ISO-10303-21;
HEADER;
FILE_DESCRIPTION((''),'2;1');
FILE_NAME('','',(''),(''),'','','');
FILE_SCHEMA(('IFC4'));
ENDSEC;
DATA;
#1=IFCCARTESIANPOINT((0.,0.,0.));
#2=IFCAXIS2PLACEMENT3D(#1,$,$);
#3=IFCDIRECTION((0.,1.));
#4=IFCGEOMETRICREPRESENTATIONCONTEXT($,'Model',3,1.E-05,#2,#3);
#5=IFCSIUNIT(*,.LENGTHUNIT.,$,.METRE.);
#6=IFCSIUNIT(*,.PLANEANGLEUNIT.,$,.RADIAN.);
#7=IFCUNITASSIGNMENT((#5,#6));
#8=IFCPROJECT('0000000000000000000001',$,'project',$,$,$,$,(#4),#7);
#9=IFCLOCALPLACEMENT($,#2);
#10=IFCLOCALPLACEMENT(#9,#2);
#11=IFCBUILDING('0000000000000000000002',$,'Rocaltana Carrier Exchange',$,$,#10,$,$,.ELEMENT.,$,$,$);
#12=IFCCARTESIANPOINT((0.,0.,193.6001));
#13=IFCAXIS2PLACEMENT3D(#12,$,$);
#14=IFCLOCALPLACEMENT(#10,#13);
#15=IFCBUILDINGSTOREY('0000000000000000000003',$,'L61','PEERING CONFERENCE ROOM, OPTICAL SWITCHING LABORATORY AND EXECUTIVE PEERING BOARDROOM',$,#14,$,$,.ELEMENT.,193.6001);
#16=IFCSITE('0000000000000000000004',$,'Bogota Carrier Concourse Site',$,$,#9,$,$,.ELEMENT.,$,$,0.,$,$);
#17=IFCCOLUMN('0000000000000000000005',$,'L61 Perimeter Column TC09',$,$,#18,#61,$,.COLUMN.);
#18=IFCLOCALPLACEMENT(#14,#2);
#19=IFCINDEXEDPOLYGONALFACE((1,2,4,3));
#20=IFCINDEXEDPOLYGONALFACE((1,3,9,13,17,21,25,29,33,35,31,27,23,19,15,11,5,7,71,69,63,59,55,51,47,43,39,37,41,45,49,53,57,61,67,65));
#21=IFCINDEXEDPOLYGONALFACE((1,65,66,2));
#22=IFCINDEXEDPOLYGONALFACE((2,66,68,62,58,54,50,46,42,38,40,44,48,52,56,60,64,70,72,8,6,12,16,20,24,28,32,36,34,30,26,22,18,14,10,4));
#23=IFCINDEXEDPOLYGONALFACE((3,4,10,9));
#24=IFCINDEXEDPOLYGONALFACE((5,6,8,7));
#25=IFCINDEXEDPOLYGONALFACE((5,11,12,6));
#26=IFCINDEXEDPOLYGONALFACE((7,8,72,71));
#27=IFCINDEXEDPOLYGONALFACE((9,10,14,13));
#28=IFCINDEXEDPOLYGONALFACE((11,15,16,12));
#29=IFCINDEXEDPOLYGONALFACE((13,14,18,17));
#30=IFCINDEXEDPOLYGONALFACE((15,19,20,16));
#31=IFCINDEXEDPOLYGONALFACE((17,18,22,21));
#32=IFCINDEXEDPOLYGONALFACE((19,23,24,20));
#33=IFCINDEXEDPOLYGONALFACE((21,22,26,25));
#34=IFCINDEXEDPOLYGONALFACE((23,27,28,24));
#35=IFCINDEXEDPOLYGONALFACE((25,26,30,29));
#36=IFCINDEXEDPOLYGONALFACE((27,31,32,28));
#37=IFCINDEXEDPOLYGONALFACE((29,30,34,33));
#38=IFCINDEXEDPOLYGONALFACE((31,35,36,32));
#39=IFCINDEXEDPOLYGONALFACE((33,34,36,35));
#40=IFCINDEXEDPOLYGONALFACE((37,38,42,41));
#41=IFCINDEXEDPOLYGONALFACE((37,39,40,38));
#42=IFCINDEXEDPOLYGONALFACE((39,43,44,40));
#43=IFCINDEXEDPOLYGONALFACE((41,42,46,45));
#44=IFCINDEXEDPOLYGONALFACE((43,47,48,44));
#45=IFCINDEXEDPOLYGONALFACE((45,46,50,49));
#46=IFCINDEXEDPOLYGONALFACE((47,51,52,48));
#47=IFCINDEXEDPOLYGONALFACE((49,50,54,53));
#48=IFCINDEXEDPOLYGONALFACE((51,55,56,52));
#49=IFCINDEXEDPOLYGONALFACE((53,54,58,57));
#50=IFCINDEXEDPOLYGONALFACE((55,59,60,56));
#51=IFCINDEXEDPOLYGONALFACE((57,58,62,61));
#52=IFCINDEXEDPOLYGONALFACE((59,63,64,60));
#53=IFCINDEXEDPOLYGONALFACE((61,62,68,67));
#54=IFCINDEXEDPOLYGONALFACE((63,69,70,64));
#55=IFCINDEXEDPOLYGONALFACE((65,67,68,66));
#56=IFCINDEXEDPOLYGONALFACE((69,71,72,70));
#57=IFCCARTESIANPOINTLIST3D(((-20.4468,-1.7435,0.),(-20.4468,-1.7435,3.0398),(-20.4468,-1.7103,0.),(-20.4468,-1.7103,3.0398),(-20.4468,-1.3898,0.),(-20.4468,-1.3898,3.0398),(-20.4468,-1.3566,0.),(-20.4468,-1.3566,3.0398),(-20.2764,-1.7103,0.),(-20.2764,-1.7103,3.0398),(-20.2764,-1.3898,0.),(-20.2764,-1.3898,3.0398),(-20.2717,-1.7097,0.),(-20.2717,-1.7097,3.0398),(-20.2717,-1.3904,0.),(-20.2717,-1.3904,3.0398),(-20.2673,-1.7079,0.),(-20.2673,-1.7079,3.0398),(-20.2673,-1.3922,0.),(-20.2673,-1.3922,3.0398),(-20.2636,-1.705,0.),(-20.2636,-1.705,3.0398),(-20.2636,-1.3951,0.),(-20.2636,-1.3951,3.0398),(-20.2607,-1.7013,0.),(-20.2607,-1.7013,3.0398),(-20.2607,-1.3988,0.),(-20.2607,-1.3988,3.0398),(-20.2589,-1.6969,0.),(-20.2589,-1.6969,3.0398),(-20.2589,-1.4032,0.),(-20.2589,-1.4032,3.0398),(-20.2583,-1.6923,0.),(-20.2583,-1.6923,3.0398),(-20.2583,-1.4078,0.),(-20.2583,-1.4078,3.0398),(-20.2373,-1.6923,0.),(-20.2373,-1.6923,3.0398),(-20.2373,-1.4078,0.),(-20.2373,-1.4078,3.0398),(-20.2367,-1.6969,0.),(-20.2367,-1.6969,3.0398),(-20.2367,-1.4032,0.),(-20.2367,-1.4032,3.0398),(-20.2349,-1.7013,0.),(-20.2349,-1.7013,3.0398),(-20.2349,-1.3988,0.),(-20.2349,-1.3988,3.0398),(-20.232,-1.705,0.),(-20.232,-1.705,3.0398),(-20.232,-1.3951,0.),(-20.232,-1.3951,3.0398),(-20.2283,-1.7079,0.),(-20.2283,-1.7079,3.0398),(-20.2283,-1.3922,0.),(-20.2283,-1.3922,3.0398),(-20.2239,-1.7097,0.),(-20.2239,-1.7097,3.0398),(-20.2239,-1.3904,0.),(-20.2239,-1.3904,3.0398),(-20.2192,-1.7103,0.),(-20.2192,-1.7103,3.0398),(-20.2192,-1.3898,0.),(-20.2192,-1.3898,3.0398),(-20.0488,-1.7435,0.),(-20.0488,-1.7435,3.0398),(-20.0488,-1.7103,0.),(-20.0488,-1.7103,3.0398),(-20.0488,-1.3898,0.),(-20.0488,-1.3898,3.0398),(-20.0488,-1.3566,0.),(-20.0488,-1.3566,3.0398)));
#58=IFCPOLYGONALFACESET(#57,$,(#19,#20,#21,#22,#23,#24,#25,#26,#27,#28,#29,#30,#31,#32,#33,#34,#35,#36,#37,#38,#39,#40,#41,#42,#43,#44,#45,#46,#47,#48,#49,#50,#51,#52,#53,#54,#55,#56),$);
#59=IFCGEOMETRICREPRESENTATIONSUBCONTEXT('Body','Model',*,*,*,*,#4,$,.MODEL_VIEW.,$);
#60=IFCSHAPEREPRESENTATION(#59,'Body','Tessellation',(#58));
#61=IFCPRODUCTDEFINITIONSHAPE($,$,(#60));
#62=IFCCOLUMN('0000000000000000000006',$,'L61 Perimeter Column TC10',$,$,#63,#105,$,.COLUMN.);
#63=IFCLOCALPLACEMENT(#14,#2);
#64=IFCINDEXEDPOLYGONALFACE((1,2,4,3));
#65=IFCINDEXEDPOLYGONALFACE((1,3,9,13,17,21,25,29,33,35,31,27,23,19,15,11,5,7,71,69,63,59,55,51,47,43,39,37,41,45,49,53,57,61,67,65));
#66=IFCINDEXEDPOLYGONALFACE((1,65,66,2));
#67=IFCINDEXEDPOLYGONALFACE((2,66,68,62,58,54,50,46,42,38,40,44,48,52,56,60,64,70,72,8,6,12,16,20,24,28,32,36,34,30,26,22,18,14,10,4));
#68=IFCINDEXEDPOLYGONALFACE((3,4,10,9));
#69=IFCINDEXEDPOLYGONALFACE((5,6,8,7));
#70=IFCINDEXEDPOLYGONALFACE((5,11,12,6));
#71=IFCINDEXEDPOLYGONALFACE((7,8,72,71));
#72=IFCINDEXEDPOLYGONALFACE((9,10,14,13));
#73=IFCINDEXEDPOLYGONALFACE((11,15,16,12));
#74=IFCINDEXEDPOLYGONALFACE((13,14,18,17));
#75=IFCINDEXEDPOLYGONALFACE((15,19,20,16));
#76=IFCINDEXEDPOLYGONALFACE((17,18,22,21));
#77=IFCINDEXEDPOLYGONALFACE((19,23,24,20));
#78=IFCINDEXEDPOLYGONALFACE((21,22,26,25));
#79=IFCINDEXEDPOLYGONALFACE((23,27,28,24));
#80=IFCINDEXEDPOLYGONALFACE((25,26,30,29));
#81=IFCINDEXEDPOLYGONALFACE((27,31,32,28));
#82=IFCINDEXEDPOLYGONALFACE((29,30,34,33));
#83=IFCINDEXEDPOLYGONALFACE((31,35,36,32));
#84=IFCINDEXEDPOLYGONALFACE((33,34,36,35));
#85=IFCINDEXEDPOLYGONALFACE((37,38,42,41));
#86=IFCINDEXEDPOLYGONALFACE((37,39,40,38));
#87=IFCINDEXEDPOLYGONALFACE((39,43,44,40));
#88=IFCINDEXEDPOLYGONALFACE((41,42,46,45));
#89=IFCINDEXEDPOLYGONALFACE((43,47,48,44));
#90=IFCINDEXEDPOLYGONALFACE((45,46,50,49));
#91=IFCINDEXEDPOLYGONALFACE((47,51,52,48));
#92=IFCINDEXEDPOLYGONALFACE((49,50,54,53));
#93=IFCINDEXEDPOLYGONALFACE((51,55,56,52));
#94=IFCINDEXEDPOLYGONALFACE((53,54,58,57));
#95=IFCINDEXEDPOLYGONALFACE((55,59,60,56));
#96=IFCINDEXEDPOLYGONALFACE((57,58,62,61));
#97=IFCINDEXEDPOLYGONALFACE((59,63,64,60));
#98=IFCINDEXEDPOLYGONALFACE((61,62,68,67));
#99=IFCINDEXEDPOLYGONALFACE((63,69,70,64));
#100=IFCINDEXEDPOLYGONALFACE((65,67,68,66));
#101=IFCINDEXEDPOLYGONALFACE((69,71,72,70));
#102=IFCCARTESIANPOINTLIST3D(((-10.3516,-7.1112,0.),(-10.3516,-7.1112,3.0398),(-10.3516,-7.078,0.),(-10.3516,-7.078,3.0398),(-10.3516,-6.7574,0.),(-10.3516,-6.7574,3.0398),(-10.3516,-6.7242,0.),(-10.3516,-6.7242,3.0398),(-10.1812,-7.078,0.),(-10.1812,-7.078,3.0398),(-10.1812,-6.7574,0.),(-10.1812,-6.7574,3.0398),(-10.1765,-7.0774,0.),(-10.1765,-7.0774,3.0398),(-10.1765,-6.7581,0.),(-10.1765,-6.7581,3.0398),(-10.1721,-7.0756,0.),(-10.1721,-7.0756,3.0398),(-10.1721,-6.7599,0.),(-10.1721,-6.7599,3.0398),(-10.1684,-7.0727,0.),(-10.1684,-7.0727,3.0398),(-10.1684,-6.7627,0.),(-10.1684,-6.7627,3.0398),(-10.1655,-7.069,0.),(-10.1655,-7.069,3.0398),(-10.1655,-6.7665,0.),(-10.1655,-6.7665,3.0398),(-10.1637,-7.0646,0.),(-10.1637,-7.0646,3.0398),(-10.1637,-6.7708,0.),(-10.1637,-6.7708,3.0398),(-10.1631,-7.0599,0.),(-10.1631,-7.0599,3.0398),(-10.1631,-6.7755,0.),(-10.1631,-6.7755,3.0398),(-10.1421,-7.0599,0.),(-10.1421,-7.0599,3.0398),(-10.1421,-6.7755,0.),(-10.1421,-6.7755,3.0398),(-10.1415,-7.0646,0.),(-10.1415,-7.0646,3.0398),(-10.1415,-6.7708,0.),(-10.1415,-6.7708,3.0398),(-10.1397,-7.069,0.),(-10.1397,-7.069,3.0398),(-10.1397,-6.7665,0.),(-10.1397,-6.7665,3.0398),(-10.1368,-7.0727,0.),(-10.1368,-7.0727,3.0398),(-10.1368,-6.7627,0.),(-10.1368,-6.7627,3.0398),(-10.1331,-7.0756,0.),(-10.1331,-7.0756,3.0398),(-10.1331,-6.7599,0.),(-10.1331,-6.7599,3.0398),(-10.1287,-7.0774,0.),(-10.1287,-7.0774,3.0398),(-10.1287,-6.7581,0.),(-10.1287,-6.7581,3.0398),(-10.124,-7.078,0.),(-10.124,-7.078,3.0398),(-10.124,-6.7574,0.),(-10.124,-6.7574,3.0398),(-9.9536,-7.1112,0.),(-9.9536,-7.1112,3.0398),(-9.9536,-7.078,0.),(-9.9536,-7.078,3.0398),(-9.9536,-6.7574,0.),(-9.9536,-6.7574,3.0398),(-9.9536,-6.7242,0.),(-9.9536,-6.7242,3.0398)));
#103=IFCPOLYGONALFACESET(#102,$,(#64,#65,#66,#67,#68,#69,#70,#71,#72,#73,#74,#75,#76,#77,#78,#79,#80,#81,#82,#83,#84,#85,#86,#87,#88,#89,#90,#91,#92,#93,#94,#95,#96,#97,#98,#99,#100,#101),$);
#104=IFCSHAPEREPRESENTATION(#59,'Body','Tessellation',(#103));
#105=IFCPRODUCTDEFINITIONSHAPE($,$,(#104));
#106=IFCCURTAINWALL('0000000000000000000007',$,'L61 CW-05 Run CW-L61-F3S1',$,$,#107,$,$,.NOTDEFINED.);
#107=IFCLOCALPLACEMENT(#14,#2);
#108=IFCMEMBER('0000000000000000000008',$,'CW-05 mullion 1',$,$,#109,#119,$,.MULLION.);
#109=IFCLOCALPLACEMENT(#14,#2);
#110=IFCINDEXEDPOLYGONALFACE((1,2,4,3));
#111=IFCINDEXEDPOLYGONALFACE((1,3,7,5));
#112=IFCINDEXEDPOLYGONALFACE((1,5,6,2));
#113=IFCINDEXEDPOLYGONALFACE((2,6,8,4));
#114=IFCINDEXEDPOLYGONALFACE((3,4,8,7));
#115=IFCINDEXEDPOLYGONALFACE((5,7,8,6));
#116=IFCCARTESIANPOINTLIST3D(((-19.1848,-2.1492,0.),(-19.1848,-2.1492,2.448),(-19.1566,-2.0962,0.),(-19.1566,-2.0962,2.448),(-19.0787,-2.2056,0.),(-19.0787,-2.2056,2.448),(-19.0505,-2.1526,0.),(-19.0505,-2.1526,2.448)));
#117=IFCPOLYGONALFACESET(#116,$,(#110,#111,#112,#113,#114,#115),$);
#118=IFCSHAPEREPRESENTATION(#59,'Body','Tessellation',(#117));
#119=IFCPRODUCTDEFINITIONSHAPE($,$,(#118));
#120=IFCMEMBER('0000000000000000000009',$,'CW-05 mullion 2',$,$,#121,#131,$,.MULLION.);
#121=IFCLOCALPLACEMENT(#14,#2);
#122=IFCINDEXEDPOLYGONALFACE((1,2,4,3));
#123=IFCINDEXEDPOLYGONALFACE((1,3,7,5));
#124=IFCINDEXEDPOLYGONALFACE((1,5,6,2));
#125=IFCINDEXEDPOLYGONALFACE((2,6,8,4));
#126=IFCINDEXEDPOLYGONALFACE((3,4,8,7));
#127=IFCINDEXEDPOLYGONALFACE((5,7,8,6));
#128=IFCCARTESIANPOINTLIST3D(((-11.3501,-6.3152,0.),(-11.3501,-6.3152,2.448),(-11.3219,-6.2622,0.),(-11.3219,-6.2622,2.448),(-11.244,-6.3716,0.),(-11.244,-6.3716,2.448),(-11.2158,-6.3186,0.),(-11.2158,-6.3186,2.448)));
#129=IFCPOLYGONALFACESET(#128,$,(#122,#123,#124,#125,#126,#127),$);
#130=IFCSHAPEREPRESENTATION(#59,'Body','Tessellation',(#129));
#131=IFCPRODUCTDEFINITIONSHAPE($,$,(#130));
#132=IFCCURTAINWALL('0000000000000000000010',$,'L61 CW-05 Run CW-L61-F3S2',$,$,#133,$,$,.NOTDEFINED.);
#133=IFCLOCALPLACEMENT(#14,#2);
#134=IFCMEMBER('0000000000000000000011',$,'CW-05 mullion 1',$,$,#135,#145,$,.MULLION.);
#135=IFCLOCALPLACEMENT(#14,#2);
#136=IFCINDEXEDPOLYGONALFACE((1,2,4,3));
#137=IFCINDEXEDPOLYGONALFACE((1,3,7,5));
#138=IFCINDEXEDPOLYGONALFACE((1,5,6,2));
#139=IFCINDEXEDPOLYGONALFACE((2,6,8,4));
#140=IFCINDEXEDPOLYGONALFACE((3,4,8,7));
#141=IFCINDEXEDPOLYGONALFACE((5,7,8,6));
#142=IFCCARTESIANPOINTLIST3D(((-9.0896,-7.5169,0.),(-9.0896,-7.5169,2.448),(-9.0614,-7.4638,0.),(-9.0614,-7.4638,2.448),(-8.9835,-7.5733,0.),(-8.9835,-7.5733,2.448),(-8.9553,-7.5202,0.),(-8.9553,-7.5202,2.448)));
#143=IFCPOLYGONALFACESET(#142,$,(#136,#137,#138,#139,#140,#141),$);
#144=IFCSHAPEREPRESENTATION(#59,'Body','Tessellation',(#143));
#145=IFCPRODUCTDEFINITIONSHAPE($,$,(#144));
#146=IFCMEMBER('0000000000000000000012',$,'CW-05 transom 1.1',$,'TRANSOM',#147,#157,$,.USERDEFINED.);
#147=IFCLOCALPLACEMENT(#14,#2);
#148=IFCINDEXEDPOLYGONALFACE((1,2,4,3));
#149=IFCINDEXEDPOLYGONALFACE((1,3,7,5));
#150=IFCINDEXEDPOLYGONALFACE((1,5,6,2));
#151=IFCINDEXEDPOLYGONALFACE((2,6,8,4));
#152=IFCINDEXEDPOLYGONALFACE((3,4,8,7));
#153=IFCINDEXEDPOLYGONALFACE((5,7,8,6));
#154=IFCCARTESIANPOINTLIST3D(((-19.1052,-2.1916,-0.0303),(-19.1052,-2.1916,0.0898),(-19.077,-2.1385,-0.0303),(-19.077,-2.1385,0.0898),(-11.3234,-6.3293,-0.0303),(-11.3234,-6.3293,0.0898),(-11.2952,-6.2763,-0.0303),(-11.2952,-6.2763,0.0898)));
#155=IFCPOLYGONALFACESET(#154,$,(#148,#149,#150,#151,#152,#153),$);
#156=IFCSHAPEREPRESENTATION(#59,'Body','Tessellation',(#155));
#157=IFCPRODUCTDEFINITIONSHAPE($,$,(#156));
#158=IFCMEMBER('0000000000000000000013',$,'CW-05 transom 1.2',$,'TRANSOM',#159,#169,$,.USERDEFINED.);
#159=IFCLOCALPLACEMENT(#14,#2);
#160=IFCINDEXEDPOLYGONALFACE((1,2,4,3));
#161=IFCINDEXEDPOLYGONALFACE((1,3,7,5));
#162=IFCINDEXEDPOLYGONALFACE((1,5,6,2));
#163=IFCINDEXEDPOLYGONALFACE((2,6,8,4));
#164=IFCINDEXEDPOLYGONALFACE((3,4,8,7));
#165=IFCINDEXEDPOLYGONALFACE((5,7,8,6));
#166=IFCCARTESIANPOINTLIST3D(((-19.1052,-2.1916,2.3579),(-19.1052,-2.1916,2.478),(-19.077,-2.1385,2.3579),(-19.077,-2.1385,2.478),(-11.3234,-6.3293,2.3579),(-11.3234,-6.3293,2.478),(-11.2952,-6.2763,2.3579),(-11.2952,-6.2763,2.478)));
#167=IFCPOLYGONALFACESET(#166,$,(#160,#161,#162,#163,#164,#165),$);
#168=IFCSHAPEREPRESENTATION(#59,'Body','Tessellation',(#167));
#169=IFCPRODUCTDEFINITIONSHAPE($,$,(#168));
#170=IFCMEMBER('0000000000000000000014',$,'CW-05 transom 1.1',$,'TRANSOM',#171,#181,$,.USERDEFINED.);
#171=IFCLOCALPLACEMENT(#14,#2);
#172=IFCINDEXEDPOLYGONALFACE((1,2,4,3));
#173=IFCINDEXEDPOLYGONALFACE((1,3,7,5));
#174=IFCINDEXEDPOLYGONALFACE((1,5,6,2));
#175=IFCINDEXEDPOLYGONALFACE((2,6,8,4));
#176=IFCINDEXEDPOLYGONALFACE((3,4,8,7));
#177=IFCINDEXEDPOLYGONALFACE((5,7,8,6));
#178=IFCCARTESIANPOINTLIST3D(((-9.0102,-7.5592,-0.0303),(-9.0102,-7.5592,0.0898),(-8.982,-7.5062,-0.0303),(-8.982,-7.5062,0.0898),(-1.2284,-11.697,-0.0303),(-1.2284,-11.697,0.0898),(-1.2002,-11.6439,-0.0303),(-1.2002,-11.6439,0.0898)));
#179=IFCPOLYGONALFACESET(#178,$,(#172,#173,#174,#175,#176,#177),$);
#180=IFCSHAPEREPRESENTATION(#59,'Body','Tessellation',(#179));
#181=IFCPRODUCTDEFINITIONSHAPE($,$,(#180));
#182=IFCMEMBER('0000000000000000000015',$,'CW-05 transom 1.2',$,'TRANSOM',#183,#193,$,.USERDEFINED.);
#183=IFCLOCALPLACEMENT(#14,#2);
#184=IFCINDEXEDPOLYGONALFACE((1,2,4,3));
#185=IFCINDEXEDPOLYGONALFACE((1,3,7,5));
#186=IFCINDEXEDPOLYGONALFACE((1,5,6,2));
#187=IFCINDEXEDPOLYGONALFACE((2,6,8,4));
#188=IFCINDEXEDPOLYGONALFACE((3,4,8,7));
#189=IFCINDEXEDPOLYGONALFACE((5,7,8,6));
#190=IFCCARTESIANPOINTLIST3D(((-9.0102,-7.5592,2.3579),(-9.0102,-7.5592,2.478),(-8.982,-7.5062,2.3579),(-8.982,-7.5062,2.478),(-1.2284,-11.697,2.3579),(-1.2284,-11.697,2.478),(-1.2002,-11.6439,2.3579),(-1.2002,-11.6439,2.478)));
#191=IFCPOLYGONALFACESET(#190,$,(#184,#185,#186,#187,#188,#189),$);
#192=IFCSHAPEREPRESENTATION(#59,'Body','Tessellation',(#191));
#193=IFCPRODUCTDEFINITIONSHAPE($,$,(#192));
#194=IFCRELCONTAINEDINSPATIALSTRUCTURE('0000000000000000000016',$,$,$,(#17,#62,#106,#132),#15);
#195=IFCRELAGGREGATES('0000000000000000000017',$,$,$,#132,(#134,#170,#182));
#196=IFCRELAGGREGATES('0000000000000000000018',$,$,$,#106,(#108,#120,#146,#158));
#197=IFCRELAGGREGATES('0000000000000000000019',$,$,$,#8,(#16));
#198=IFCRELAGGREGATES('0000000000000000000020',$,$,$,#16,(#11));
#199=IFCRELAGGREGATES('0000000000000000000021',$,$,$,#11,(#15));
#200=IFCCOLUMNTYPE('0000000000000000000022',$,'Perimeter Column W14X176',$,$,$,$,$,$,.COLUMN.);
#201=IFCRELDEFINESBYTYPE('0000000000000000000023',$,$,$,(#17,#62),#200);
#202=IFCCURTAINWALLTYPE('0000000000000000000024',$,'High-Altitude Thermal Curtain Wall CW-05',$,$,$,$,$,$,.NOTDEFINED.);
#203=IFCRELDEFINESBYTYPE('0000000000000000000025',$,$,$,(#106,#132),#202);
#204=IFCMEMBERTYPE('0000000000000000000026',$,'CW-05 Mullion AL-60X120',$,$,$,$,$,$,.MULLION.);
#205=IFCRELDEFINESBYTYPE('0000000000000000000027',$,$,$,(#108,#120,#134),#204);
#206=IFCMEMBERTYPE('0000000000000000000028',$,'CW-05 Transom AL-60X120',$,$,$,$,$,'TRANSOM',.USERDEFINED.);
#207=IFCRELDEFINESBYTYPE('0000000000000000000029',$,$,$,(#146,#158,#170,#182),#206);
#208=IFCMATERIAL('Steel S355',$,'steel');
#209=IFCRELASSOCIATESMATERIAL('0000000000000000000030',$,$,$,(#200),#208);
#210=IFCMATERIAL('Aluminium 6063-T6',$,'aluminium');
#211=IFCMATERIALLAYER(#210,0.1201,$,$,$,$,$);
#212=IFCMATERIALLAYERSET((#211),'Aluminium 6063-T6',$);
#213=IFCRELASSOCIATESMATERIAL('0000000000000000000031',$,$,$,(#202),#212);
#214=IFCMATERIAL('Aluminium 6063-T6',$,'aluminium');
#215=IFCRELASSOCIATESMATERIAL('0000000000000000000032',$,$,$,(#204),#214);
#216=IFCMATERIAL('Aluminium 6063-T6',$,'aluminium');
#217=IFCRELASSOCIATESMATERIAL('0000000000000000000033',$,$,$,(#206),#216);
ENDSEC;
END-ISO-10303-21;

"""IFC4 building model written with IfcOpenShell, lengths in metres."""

from ifc_helpers import new_model, si_unit, direction, frame, origin, origin_2d, place, context, subcontext, project, spatial, rectangle, i_section, extrude, material, layer, layer_set, material_profile, profile_set, type_object, element, aggregate, save


model = new_model("IFC4")

# Units and contexts
model_context = context("Model", 3, precision=1e-05, world=origin(), true_north=direction((0.0, 1.0)))
body_context = subcontext(model_context, "Body", "Model", "MODEL_VIEW")
ifc_project = project(units=[si_unit("LENGTHUNIT", "METRE"), si_unit("PLANEANGLEUNIT", "RADIAN")], contexts=[model_context])

# Site, building, storey
site_placement = place(None, origin())
site = spatial("IfcSite", under=ifc_project, at=site_placement, Name="Bogota Carrier Concourse Site", CompositionType="ELEMENT", RefElevation=0.0)
building_placement = place(site_placement, origin())
building = spatial("IfcBuilding", under=site, at=building_placement, Name="Rocaltana Carrier Exchange", CompositionType="ELEMENT")
storey_placement = place(building_placement, frame((0.0, 0.0, 193.6001)))
storey = spatial("IfcBuildingStorey", under=building, at=storey_placement, Name="L61", Description="PEERING CONFERENCE ROOM, OPTICAL SWITCHING LABORATORY AND EXECUTIVE PEERING BOARDROOM", CompositionType="ELEMENT", Elevation=193.6001)

# Columns
ifc_material_1 = material(Name="Steel S355", Category="steel")
ifc_material_profile_1 = material_profile(ifc_material_1, i_section(OverallWidth=0.3979, OverallDepth=0.387, WebThickness=0.021, FlangeThickness=0.0332, FilletRadius=0.0181, at=origin_2d()), Name="W14X176")
ifc_profile_set_1 = profile_set([ifc_material_profile_1], Name="Steel S355")
column_type = type_object("IfcColumnType", Name="Perimeter Column W14X176", PredefinedType="COLUMN", material=ifc_profile_set_1)
for number, where, z_axis, x_axis, name in (
    (1, (-20.2478, -1.55, 0.0), (0.0, 0.0, 1.0), (1.0, 0.0, 0.0), "L61 Perimeter Column TC09"),
    (2, (-10.1526, -6.9177, 0.0), (0.0, 0.0, 1.0), (1.0, 0.0, 0.0), "L61 Perimeter Column TC10"),
):
    element("IfcColumn", number, at=place(storey_placement, frame(where, z_axis=z_axis, x_axis=x_axis)), inside=storey, type_object=column_type, Name=name, PredefinedType="COLUMN", context=body_context, shape_type="SweptSolid", body=[
        extrude(i_section(OverallWidth=0.3979, OverallDepth=0.387, WebThickness=0.021, FlangeThickness=0.0332, FilletRadius=0.0181, at=origin_2d()), origin(), (0.0, 0.0, 1.0), 3.0398),
    ])

# Curtain wall, members
ifc_material_2 = material(Name="Aluminium 6063-T6", Category="aluminium")
ifc_layer_1 = layer(ifc_material_2, 0.1201)
ifc_layer_set_1 = layer_set([ifc_layer_1], Name="Aluminium 6063-T6")
curtain_wall_type = type_object("IfcCurtainWallType", Name="High-Altitude Thermal Curtain Wall CW-05", PredefinedType="NOTDEFINED", material=ifc_layer_set_1)
curtain_wall_1_placement = place(storey_placement, origin())
curtain_wall_1 = element("IfcCurtainWall", 3, at=curtain_wall_1_placement, inside=storey, type_object=curtain_wall_type, Name="L61 CW-05 Run CW-L61-F3S1", PredefinedType="NOTDEFINED")
ifc_material_3 = material(Name="Aluminium 6063-T6", Category="aluminium")
ifc_material_profile_2 = material_profile(ifc_material_3, rectangle(XDim=0.0601, YDim=0.1201, at=origin_2d()), Name="AL-60X120")
ifc_profile_set_2 = profile_set([ifc_material_profile_2], Name="Aluminium 6063-T6")
member_type_1 = type_object("IfcMemberType", Name="CW-05 Mullion AL-60X120", PredefinedType="MULLION", material=ifc_profile_set_2)
member_1_placement = place(storey_placement, frame((-19.1177, -2.1509, 0.0), z_axis=(0.0, 0.0, 1.0), x_axis=(0.469483, 0.882941, 0.0)))
member_1 = element("IfcMember", 4, at=member_1_placement, type_object=member_type_1, Name="CW-05 mullion 1", PredefinedType="MULLION", context=body_context, shape_type="SweptSolid", body=[
    extrude(rectangle(XDim=0.0601, YDim=0.1201, at=origin_2d()), origin(), (0.0, 0.0, 1.0), 2.448),
])
member_2_placement = place(storey_placement, frame((-11.283, -6.3169, 0.0), z_axis=(0.0, 0.0, 1.0), x_axis=(0.469483, 0.882941, 0.0)))
member_2 = element("IfcMember", 5, at=member_2_placement, type_object=member_type_1, Name="CW-05 mullion 2", PredefinedType="MULLION", context=body_context, shape_type="SweptSolid", body=[
    extrude(rectangle(XDim=0.0601, YDim=0.1201, at=origin_2d()), origin(), (0.0, 0.0, 1.0), 2.448),
])

# Curtain wall, member
curtain_wall_2_placement = place(storey_placement, origin())
curtain_wall_2 = element("IfcCurtainWall", 6, at=curtain_wall_2_placement, inside=storey, type_object=curtain_wall_type, Name="L61 CW-05 Run CW-L61-F3S2", PredefinedType="NOTDEFINED")
member_3_placement = place(storey_placement, frame((-9.0225, -7.5186, 0.0), z_axis=(0.0, 0.0, 1.0), x_axis=(0.469479, 0.882943, 0.0)))
member_3 = element("IfcMember", 7, at=member_3_placement, type_object=member_type_1, Name="CW-05 mullion 1", PredefinedType="MULLION", context=body_context, shape_type="SweptSolid", body=[
    extrude(rectangle(XDim=0.0601, YDim=0.1201, at=origin_2d()), origin(), (0.0, 0.0, 1.0), 2.448),
])

# Members
ifc_material_4 = material(Name="Aluminium 6063-T6", Category="aluminium")
ifc_material_profile_3 = material_profile(ifc_material_4, rectangle(XDim=0.0601, YDim=0.1201, at=origin_2d()), Name="AL-60X120")
ifc_profile_set_3 = profile_set([ifc_material_profile_3], Name="Aluminium 6063-T6")
member_type_2 = type_object("IfcMemberType", Name="CW-05 Transom AL-60X120", ElementType="TRANSOM", PredefinedType="USERDEFINED", material=ifc_profile_set_3)
member_4_placement = place(storey_placement, frame((-19.0911, -2.165, 0.0298), z_axis=(0.882944, -0.469478, 0.0), x_axis=(0.469478, 0.882944, 0.0)))
member_4 = element("IfcMember", 8, at=member_4_placement, type_object=member_type_2, Name="CW-05 transom 1.1", ObjectType="TRANSOM", PredefinedType="USERDEFINED", context=body_context, shape_type="SweptSolid", body=[
    extrude(rectangle(XDim=0.0601, YDim=0.1201, at=origin_2d()), origin(), (0.0, 0.0, 1.0), 8.8135),
])
member_5_placement = place(storey_placement, frame((-19.0911, -2.165, 2.418), z_axis=(0.882944, -0.469478, 0.0), x_axis=(0.469478, 0.882944, 0.0)))
member_5 = element("IfcMember", 9, at=member_5_placement, type_object=member_type_2, Name="CW-05 transom 1.2", ObjectType="TRANSOM", PredefinedType="USERDEFINED", context=body_context, shape_type="SweptSolid", body=[
    extrude(rectangle(XDim=0.0601, YDim=0.1201, at=origin_2d()), origin(), (0.0, 0.0, 1.0), 8.8135),
])
member_6_placement = place(storey_placement, frame((-8.9961, -7.5327, 0.0298), z_axis=(0.882944, -0.469478, 0.0), x_axis=(0.469478, 0.882944, 0.0)))
member_6 = element("IfcMember", 10, at=member_6_placement, type_object=member_type_2, Name="CW-05 transom 1.1", ObjectType="TRANSOM", PredefinedType="USERDEFINED", context=body_context, shape_type="SweptSolid", body=[
    extrude(rectangle(XDim=0.0601, YDim=0.1201, at=origin_2d()), origin(), (0.0, 0.0, 1.0), 8.8135),
])
member_7_placement = place(storey_placement, frame((-8.9961, -7.5327, 2.418), z_axis=(0.882944, -0.469478, 0.0), x_axis=(0.469478, 0.882944, 0.0)))
member_7 = element("IfcMember", 11, at=member_7_placement, type_object=member_type_2, Name="CW-05 transom 1.2", ObjectType="TRANSOM", PredefinedType="USERDEFINED", context=body_context, shape_type="SweptSolid", body=[
    extrude(rectangle(XDim=0.0601, YDim=0.1201, at=origin_2d()), origin(), (0.0, 0.0, 1.0), 8.8135),
])
aggregate(curtain_wall_2, [member_3, member_6, member_7])

aggregate(curtain_wall_1, [member_1, member_2, member_4, member_5])

save(model, "model.ifc")
